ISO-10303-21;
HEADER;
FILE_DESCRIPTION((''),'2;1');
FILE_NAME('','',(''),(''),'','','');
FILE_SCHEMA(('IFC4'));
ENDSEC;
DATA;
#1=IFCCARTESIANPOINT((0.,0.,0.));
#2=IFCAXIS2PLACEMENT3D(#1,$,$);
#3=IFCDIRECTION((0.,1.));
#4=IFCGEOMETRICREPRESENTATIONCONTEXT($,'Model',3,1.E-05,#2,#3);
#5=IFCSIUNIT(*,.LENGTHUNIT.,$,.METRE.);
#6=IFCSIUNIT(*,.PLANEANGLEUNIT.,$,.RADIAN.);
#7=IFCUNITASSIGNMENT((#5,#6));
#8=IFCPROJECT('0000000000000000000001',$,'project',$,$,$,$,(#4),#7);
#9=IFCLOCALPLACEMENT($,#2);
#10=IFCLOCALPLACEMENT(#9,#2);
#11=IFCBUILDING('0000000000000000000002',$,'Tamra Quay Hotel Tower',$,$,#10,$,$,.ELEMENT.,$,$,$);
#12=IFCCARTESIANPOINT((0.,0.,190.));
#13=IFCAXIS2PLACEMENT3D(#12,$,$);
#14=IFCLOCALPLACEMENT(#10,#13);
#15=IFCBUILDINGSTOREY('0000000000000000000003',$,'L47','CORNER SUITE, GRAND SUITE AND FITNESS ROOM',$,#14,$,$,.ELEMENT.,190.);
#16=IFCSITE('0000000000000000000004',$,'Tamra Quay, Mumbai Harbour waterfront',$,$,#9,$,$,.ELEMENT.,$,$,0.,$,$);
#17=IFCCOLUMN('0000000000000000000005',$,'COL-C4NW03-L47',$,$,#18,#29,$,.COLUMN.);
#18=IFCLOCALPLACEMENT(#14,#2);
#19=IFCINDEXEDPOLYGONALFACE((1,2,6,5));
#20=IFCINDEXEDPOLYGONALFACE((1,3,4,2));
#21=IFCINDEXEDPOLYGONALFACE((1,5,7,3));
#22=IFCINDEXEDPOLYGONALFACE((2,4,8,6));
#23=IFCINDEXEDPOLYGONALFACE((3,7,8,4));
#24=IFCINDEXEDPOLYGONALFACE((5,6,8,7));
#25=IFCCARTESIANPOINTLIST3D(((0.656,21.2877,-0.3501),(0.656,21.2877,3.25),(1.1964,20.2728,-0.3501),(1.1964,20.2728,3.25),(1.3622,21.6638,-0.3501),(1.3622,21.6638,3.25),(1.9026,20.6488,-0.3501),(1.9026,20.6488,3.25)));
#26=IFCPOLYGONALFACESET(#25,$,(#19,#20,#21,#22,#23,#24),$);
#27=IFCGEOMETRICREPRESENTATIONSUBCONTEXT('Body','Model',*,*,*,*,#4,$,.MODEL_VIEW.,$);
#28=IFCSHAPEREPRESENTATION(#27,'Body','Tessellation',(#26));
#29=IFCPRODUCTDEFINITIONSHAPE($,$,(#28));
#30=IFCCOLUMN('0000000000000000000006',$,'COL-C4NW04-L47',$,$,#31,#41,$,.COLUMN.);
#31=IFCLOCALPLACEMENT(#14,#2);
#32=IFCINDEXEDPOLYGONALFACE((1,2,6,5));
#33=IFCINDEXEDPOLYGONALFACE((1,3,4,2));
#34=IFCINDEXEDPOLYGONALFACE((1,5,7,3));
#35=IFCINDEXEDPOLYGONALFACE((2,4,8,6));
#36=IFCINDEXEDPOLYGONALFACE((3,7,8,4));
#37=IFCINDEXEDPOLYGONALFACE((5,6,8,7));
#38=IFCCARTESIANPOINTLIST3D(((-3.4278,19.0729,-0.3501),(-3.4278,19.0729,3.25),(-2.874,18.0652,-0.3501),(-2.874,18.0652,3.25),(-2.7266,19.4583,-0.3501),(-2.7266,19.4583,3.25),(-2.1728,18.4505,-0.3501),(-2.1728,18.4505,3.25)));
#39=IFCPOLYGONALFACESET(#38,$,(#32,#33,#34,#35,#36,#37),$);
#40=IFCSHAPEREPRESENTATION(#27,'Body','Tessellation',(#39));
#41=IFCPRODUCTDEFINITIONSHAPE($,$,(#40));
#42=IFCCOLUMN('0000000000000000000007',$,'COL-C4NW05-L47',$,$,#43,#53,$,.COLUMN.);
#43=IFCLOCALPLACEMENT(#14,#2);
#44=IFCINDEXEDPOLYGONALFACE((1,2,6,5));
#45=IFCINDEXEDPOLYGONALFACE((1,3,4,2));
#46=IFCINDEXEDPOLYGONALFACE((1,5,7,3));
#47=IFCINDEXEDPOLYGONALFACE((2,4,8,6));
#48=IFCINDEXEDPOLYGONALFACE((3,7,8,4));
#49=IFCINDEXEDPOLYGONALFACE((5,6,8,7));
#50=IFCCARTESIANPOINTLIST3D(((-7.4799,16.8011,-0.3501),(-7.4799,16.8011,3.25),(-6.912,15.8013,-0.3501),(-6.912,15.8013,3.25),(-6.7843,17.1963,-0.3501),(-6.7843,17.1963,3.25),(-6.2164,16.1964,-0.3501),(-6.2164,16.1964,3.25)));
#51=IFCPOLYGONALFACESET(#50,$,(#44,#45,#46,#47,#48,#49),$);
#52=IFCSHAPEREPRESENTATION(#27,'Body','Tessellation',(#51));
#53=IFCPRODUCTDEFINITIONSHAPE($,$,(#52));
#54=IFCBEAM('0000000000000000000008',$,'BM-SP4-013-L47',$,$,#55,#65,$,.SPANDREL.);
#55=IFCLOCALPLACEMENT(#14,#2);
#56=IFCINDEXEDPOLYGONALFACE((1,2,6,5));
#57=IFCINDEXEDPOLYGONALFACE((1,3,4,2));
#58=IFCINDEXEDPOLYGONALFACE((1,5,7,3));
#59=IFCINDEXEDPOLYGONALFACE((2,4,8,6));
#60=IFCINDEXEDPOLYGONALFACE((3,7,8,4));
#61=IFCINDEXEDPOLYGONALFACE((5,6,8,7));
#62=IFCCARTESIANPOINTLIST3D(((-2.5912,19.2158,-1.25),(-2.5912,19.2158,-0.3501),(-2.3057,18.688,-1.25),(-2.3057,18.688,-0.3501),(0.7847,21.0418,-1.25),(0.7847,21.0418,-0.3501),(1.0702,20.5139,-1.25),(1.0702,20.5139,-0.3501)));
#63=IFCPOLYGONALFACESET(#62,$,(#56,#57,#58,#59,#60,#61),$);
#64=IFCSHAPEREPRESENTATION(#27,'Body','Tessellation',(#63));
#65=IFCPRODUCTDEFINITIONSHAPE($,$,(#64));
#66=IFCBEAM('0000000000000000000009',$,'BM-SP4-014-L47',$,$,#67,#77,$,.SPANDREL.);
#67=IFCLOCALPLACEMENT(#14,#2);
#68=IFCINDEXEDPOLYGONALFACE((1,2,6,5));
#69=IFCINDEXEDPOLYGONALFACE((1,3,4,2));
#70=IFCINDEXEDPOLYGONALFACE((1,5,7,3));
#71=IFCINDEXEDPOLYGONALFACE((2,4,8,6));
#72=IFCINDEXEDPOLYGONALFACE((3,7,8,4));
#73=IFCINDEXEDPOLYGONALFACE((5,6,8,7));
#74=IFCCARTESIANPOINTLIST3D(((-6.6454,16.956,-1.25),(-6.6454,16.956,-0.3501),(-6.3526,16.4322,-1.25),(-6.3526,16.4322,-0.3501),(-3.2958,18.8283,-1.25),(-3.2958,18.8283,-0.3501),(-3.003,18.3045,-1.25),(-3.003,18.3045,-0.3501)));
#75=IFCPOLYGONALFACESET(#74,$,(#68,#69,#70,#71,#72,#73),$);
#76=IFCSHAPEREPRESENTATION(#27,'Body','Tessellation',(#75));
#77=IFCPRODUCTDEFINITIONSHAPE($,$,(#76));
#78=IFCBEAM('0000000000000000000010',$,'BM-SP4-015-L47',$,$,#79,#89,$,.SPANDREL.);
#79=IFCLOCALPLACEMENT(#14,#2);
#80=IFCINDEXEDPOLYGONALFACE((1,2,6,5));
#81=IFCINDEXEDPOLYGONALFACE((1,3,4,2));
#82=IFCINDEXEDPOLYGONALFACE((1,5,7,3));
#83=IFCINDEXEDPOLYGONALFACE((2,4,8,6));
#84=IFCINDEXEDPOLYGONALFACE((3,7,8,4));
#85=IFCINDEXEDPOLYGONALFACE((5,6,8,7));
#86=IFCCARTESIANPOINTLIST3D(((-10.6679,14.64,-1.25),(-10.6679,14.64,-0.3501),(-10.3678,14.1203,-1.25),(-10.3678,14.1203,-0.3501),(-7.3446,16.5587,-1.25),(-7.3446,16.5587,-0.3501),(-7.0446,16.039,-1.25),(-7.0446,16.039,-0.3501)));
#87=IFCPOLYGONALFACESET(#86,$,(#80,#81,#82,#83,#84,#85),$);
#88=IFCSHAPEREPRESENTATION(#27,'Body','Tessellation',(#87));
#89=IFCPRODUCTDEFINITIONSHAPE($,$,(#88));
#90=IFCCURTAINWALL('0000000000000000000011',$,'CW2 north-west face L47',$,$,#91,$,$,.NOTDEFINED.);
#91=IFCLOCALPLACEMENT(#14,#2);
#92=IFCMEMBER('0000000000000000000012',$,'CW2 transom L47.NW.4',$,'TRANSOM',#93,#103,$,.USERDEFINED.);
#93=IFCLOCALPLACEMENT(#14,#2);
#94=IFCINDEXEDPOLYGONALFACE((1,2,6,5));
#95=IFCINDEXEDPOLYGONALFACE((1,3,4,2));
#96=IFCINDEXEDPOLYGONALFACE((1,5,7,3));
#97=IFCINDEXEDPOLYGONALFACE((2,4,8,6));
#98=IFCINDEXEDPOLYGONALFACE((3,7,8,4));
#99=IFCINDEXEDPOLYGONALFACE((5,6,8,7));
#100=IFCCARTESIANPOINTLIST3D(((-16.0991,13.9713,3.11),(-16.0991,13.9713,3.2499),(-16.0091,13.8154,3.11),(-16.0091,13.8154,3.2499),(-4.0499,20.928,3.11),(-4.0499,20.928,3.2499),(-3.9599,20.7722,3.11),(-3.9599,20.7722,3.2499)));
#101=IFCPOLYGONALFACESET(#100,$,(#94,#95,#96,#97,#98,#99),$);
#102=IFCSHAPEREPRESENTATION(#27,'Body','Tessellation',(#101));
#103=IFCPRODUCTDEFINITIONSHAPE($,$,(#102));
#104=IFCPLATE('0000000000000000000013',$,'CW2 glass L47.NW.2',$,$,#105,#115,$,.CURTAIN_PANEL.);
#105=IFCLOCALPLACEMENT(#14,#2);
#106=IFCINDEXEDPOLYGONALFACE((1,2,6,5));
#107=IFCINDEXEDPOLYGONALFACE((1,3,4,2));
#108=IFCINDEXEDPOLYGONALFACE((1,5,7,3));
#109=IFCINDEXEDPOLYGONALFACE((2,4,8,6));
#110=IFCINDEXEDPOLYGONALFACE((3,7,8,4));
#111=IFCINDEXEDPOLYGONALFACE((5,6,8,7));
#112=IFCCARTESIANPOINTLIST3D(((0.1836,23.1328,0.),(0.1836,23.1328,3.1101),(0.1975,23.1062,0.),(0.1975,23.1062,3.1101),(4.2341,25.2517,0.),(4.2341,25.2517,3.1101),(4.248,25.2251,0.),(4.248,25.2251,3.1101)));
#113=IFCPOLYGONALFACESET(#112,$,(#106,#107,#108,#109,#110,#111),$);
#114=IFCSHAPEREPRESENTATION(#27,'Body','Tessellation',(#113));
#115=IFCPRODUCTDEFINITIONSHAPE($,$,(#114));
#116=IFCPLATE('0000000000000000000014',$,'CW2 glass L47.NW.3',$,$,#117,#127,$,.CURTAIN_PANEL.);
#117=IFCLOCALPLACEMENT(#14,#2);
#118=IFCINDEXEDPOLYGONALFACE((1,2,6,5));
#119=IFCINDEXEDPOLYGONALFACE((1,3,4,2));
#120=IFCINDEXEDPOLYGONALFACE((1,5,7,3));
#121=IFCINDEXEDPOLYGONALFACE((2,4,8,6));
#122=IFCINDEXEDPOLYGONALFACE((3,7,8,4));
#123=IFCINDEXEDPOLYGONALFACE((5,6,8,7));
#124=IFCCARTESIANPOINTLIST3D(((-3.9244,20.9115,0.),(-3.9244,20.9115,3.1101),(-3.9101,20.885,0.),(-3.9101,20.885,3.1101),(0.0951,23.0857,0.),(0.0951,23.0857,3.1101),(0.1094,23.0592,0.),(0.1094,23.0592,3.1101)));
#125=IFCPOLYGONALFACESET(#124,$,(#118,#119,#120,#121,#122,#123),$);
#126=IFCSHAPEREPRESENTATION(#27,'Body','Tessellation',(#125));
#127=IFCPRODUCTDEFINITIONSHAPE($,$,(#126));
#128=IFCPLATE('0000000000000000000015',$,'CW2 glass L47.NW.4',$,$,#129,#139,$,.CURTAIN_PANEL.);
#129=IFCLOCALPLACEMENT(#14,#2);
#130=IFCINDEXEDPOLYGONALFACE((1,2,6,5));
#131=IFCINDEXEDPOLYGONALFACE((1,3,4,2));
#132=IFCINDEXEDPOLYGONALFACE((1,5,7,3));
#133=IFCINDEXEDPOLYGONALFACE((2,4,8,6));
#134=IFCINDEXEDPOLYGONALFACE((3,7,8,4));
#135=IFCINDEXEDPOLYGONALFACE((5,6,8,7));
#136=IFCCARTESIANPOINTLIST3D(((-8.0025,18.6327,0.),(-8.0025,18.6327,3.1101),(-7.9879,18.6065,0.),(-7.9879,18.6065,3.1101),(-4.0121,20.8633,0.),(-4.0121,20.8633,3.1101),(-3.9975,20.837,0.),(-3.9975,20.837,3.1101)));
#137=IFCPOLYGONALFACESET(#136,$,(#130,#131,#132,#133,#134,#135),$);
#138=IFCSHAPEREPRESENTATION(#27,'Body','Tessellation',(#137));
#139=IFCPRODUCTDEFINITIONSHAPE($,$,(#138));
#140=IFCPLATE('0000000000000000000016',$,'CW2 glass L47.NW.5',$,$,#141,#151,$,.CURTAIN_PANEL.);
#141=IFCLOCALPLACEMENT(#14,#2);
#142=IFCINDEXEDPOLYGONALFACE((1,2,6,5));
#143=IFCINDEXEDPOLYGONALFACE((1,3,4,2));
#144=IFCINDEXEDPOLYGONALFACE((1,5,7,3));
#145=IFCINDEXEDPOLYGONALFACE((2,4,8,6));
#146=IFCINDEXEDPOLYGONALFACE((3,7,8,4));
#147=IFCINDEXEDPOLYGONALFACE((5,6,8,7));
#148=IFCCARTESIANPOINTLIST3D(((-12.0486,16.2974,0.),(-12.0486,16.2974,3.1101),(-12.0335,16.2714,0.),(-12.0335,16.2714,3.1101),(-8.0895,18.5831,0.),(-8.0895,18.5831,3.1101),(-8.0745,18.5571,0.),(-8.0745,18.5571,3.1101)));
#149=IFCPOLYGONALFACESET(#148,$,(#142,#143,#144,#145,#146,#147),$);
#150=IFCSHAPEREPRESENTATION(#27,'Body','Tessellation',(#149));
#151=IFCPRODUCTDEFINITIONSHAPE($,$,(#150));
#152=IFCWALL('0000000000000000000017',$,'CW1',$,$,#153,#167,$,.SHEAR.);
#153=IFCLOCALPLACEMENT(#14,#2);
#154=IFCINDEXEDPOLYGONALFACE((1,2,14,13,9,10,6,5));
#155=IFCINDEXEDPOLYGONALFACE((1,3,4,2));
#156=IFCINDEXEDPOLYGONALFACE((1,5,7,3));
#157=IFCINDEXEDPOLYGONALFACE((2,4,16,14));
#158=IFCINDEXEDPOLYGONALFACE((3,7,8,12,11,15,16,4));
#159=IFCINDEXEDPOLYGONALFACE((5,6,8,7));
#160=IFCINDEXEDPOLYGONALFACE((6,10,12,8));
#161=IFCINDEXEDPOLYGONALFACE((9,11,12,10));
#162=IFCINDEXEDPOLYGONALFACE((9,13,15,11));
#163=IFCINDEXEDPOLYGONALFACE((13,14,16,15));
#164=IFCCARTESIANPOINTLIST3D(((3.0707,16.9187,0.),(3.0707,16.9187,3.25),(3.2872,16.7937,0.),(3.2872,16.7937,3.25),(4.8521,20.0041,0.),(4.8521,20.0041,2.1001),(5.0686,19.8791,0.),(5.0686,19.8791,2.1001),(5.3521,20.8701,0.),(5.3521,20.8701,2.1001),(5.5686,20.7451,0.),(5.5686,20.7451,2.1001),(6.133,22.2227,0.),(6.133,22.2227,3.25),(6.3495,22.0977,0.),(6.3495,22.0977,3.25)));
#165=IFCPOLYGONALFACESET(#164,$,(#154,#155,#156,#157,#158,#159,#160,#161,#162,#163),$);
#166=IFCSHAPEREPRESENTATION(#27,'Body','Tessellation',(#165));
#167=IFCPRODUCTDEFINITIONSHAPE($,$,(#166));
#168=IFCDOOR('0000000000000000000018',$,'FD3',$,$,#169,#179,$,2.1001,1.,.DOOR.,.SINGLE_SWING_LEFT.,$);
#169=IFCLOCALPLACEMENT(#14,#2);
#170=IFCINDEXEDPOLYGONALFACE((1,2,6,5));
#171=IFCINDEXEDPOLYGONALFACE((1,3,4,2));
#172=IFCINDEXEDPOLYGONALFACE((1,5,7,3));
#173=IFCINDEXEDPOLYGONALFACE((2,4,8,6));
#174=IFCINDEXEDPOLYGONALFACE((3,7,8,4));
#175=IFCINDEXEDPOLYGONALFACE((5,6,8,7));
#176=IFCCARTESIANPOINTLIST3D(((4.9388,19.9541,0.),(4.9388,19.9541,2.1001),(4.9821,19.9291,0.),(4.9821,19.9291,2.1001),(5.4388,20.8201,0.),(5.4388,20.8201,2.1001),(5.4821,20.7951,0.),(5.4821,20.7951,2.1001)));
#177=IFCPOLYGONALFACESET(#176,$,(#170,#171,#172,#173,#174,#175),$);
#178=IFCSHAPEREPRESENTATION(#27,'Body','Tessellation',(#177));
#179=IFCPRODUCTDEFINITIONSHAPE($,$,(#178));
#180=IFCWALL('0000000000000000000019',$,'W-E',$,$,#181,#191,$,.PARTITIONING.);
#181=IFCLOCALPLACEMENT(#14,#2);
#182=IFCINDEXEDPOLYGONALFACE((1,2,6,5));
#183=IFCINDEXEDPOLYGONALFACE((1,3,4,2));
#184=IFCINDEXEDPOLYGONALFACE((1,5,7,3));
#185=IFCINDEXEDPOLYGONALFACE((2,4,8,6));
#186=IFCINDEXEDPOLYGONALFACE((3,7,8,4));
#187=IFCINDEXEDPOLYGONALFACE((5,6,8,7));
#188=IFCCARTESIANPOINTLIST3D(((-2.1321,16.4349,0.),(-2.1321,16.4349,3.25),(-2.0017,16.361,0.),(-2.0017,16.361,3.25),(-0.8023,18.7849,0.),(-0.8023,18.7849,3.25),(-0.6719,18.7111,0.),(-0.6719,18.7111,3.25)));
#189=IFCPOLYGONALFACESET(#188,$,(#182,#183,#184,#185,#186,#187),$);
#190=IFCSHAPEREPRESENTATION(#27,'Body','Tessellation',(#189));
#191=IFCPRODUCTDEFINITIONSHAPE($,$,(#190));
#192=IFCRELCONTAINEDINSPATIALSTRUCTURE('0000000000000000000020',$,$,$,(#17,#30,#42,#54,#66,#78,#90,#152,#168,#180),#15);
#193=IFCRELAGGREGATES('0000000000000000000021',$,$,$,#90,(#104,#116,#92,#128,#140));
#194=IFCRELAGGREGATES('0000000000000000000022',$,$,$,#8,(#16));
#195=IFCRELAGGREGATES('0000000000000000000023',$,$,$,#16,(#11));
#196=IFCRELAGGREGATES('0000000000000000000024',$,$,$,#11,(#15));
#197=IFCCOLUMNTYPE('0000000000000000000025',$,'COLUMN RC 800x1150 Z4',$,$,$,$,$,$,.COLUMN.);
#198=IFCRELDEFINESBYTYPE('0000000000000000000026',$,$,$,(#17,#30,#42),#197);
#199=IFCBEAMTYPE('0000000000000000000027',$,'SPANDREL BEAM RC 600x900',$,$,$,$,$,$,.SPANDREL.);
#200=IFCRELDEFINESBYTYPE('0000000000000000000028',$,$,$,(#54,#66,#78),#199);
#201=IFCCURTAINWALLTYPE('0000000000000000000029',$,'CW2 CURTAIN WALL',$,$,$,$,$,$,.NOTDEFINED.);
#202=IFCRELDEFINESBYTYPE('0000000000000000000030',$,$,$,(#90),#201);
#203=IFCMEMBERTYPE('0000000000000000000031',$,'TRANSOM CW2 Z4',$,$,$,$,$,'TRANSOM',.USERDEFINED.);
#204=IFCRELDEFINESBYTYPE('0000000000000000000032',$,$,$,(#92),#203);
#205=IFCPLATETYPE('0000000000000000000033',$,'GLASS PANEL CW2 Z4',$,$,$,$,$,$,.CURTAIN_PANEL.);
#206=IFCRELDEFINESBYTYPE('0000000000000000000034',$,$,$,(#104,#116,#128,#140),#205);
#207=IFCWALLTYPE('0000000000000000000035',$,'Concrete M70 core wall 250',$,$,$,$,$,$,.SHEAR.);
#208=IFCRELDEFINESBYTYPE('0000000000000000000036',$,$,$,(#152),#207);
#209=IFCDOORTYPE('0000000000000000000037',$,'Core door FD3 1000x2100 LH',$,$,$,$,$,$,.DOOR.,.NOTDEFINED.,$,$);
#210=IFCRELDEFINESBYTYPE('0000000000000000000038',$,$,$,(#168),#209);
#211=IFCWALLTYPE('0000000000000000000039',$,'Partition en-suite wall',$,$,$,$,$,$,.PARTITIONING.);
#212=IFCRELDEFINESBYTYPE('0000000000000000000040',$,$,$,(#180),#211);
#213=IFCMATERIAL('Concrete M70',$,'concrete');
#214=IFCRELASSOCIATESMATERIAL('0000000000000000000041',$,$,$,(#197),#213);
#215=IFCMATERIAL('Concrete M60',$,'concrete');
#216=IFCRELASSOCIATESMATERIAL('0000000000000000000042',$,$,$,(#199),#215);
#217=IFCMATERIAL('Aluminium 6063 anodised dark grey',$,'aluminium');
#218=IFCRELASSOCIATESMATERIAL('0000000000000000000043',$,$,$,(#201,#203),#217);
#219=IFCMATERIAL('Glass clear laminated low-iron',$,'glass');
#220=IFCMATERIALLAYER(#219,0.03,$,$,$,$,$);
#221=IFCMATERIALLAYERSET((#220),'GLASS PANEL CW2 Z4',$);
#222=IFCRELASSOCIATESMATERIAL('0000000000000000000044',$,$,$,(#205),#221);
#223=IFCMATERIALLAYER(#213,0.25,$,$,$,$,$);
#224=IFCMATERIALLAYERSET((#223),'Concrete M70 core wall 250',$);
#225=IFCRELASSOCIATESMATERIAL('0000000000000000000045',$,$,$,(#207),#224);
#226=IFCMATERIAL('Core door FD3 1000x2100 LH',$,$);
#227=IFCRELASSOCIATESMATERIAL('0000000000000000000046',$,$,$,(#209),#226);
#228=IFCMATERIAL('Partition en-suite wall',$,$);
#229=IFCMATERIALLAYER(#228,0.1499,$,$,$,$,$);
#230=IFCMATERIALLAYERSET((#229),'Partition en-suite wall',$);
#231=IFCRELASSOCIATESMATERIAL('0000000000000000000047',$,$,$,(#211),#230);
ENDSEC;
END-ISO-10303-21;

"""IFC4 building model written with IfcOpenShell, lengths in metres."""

from ifc_helpers import new_model, si_unit, direction, frame, frame_2d, origin, origin_2d, place, context, subcontext, project, spatial, rectangle, extrude, material, layer, layer_set, material_profile, profile_set, type_object, element, fill, aggregate, save


model = new_model("IFC4")

# Units and contexts
model_context = context("Model", 3, precision=1e-05, world=origin(), true_north=direction((0.0, 1.0)))
body_context = subcontext(model_context, "Body", "Model", "MODEL_VIEW")
ifc_project = project(units=[si_unit("LENGTHUNIT", "METRE"), si_unit("PLANEANGLEUNIT", "RADIAN")], contexts=[model_context])

# Site, building, storey
site_placement = place(None, origin())
site = spatial("IfcSite", under=ifc_project, at=site_placement, Name="Tamra Quay, Mumbai Harbour waterfront", CompositionType="ELEMENT", RefElevation=0.0)
building_placement = place(site_placement, origin())
building = spatial("IfcBuilding", under=site, at=building_placement, Name="Tamra Quay Hotel Tower", CompositionType="ELEMENT")
storey_placement = place(building_placement, frame((0.0, 0.0, 190.0)))
storey = spatial("IfcBuildingStorey", under=building, at=storey_placement, Name="L47", Description="CORNER SUITE, GRAND SUITE AND FITNESS ROOM", CompositionType="ELEMENT", Elevation=190.0)

# Columns
ifc_material_1 = material(Name="Concrete M70", Category="concrete")
ifc_material_profile_1 = material_profile(ifc_material_1, rectangle(XDim=1.1499, YDim=0.8, at=origin_2d()), Name="COLUMN RC 800x1150 Z4")
ifc_profile_set_1 = profile_set([ifc_material_profile_1], Name="Concrete M70")
column_type = type_object("IfcColumnType", Name="COLUMN RC 800x1150 Z4", PredefinedType="COLUMN", material=ifc_profile_set_1)
for number, where, z_axis, x_axis, name in (
    (1, (1.2793, 20.9683, -0.3501), (0.0, 0.0, 1.0), (-0.470002, 0.882666, 0.0), "COL-C4NW03-L47"),
    (2, (-2.8003, 18.7617, -0.3501), (0.0, 0.0, 1.0), (-0.481602, 0.87639, 0.0), "COL-C4NW04-L47"),
    (3, (-6.8481, 16.4988, -0.3501), (0.0, 0.0, 1.0), (-0.49389, 0.869524, 0.0), "COL-C4NW05-L47"),
):
    element("IfcColumn", number, at=place(storey_placement, frame(where, z_axis=z_axis, x_axis=x_axis)), inside=storey, type_object=column_type, Name=name, PredefinedType="COLUMN", context=body_context, shape_type="SweptSolid", body=[
        extrude(rectangle(XDim=1.1499, YDim=0.8, at=origin_2d()), origin(), (0.0, 0.0, 1.0), 3.6001),
    ])

# Beams
ifc_material_2 = material(Name="Concrete M60", Category="concrete")
ifc_material_profile_2 = material_profile(ifc_material_2, rectangle(XDim=0.6001, YDim=0.8999, at=origin_2d()), Name="SPANDREL BEAM RC 600x900")
ifc_profile_set_2 = profile_set([ifc_material_profile_2], Name="Concrete M60")
beam_type = type_object("IfcBeamType", Name="SPANDREL BEAM RC 600x900", PredefinedType="SPANDREL", material=ifc_profile_set_2)
beam_placement = place(storey_placement, frame((0.9275, 20.7778, -0.8), z_axis=(-0.879589, -0.475734, 0.0), x_axis=(0.475734, -0.879589, 0.0)))
element("IfcBeam", 4, at=beam_placement, inside=storey, type_object=beam_type, Name="BM-SP4-013-L47", PredefinedType="SPANDREL", context=body_context, shape_type="SweptSolid", body=[
    extrude(rectangle(XDim=0.6001, YDim=0.8999, at=origin_2d()), origin(), (0.0, 0.0, 1.0), 3.8381),
])
for number, where, z_axis, x_axis, name in (
    (5, (-3.1494, 18.5664, -0.8), (-0.872891, -0.487915, 0.0), (0.487915, -0.872891, 0.0), "BM-SP4-014-L47"),
    (6, (-7.1946, 16.2988, -0.8), (-0.866022, -0.500005, 0.0), (0.500005, -0.866022, 0.0), "BM-SP4-015-L47"),
):
    element("IfcBeam", number, at=place(storey_placement, frame(where, z_axis=z_axis, x_axis=x_axis)), inside=storey, type_object=beam_type, Name=name, PredefinedType="SPANDREL", context=body_context, shape_type="SweptSolid", body=[
        extrude(rectangle(XDim=0.6001, YDim=0.8999, at=origin_2d()), origin(), (0.0, 0.0, 1.0), 3.8374),
    ])

# Curtain wall, member, plates
ifc_material_3 = material(Name="Aluminium 6063 anodised dark grey", Category="aluminium")
curtain_wall_type = type_object("IfcCurtainWallType", Name="CW2 CURTAIN WALL", PredefinedType="NOTDEFINED", material=ifc_material_3)
curtain_wall_placement = place(storey_placement, origin())
curtain_wall = element("IfcCurtainWall", 7, at=curtain_wall_placement, inside=storey, type_object=curtain_wall_type, Name="CW2 north-west face L47", PredefinedType="NOTDEFINED")
ifc_material_profile_3 = material_profile(ifc_material_3, rectangle(XDim=0.1799, YDim=0.1399, at=origin_2d()), Name="TRANSOM 180X140")
ifc_profile_set_3 = profile_set([ifc_material_profile_3], Name="Aluminium 6063 anodised dark grey")
member_type = type_object("IfcMemberType", Name="TRANSOM CW2 Z4", ElementType="TRANSOM", PredefinedType="USERDEFINED", material=ifc_profile_set_3)
member_placement = place(storey_placement, frame((-4.0049, 20.8501, 3.1799), z_axis=(-0.866022, -0.500006, 0.0), x_axis=(0.500006, -0.866022, 0.0)))
member = element("IfcMember", 8, at=member_placement, type_object=member_type, Name="CW2 transom L47.NW.4", ObjectType="TRANSOM", PredefinedType="USERDEFINED", context=body_context, shape_type="SweptSolid", body=[
    extrude(rectangle(XDim=0.1799, YDim=0.1399, at=origin_2d()), origin(), (0.0, 0.0, 1.0), 13.9133),
])
ifc_material_4 = material(Name="Glass clear laminated low-iron", Category="glass")
ifc_layer_1 = layer(ifc_material_4, 0.03)
ifc_layer_set_1 = layer_set([ifc_layer_1], Name="GLASS PANEL CW2 Z4")
plate_type = type_object("IfcPlateType", Name="GLASS PANEL CW2 Z4", PredefinedType="CURTAIN_PANEL", material=ifc_layer_set_1)
plate_1_placement = place(storey_placement, frame((2.2158, 24.179, 0.0), z_axis=(0.0, 0.0, 1.0), x_axis=(-0.886075, -0.463541, 0.0)))
plate_1 = element("IfcPlate", 9, at=plate_1_placement, type_object=plate_type, Name="CW2 glass L47.NW.2", PredefinedType="CURTAIN_PANEL", context=body_context, shape_type="SweptSolid", body=[
    extrude(rectangle(XDim=4.5713, YDim=0.03, at=origin_2d()), origin(), (0.0, 0.0, 1.0), 3.1101),
])
plate_2_placement = place(storey_placement, frame((-1.9075, 21.9854, 0.0), z_axis=(0.0, 0.0, 1.0), x_axis=(-0.879569, -0.475772, 0.0)))
plate_2 = element("IfcPlate", 10, at=plate_2_placement, type_object=plate_type, Name="CW2 glass L47.NW.3", PredefinedType="CURTAIN_PANEL", context=body_context, shape_type="SweptSolid", body=[
    extrude(rectangle(XDim=4.5698, YDim=0.03, at=origin_2d()), origin(), (0.0, 0.0, 1.0), 3.1101),
])
plate_3_placement = place(storey_placement, frame((-6.0, 19.7349, 0.0), z_axis=(0.0, 0.0, 1.0), x_axis=(-0.872885, -0.487926, 0.0)))
plate_3 = element("IfcPlate", 11, at=plate_3_placement, type_object=plate_type, Name="CW2 glass L47.NW.4", PredefinedType="CURTAIN_PANEL", context=body_context, shape_type="SweptSolid", body=[
    extrude(rectangle(XDim=4.5715, YDim=0.03, at=origin_2d()), origin(), (0.0, 0.0, 1.0), 3.1101),
])
plate_4_placement = place(storey_placement, frame((-10.0615, 17.4272, 0.0), z_axis=(0.0, 0.0, 1.0), x_axis=(-0.866025, -0.5, 0.0)))
plate_4 = element("IfcPlate", 12, at=plate_4_placement, type_object=plate_type, Name="CW2 glass L47.NW.5", PredefinedType="CURTAIN_PANEL", context=body_context, shape_type="SweptSolid", body=[
    extrude(rectangle(XDim=4.5715, YDim=0.03, at=origin_2d()), origin(), (0.0, 0.0, 1.0), 3.1101),
])
aggregate(curtain_wall, [plate_1, plate_2, member, plate_3, plate_4])

# Wall, opening, door
ifc_layer_2 = layer(ifc_material_1, 0.25)
ifc_layer_set_2 = layer_set([ifc_layer_2], Name="Concrete M70 core wall 250")
wall_type_1 = type_object("IfcWallType", Name="Concrete M70 core wall 250", PredefinedType="SHEAR", material=ifc_layer_set_2)
wall_1_placement = place(storey_placement, frame((3.179, 16.8562, 0.0), z_axis=(0.0, 0.0, 1.0), x_axis=(0.500002, 0.866024, 0.0)))
wall_1 = element("IfcWall", 13, at=wall_1_placement, inside=storey, type_object=wall_type_1, Name="CW1", PredefinedType="SHEAR", context=body_context, shape_type="SweptSolid", body=[
    extrude(rectangle(XDim=6.1245, YDim=0.25, at=frame_2d((3.0623, 0.0))), origin(), (0.0, 0.0, 1.0), 3.25),
])
opening_1_placement = place(wall_1_placement, frame((3.5627, 0.0, 0.0)))
opening_1 = element("IfcOpeningElement", 14, at=opening_1_placement, cuts=wall_1, PredefinedType="OPENING", context=body_context, shape_type="SweptSolid", body=[
    extrude(rectangle(XDim=1.0, YDim=2.1001, at=frame_2d((0.5, 1.05))), frame((0.0, 0.135, 0.0), z_axis=(0.0, -1.0, 0.0), x_axis=(1.0, 0.0, 0.0)), (0.0, 0.0, 1.0), 0.27),
])
ifc_material_5 = material(Name="Core door FD3 1000x2100 LH")
door_type_1 = type_object("IfcDoorType", Name="Core door FD3 1000x2100 LH", OperationType="NOTDEFINED", PredefinedType="DOOR", material=ifc_material_5)
door_1_placement = place(opening_1_placement, origin())
door_1 = element("IfcDoor", 15, at=door_1_placement, inside=storey, type_object=door_type_1, Name="FD3", OperationType="SINGLE_SWING_LEFT", OverallHeight=2.1001, OverallWidth=1.0, PredefinedType="DOOR", context=body_context, shape_type="SweptSolid", body=[
    extrude(rectangle(XDim=1.0, YDim=2.1001, at=frame_2d((0.5, 1.05))), frame((0.0, 0.0249, 0.0), z_axis=(0.0, -1.0, 0.0), x_axis=(1.0, 0.0, 0.0)), (0.0, 0.0, 1.0), 0.05),
])
fill(opening_1, door_1)

# Wall
ifc_material_6 = material(Name="Partition en-suite wall")
ifc_layer_3 = layer(ifc_material_6, 0.1499)
ifc_layer_set_3 = layer_set([ifc_layer_3], Name="Partition en-suite wall")
wall_type_2 = type_object("IfcWallType", Name="Partition en-suite wall", PredefinedType="PARTITIONING", material=ifc_layer_set_3)
wall_2_placement = place(storey_placement, frame((-2.0669, 16.3979, 0.0), z_axis=(0.0, 0.0, 1.0), x_axis=(0.492483, 0.870322, 0.0)))
element("IfcWall", 16, at=wall_2_placement, inside=storey, type_object=wall_type_2, Name="W-E", PredefinedType="PARTITIONING", context=body_context, shape_type="SweptSolid", body=[
    extrude(rectangle(XDim=2.7002, YDim=0.1499, at=frame_2d((1.3501, 0.0))), origin(), (0.0, 0.0, 1.0), 3.25),
])

save(model, "model.ifc")
